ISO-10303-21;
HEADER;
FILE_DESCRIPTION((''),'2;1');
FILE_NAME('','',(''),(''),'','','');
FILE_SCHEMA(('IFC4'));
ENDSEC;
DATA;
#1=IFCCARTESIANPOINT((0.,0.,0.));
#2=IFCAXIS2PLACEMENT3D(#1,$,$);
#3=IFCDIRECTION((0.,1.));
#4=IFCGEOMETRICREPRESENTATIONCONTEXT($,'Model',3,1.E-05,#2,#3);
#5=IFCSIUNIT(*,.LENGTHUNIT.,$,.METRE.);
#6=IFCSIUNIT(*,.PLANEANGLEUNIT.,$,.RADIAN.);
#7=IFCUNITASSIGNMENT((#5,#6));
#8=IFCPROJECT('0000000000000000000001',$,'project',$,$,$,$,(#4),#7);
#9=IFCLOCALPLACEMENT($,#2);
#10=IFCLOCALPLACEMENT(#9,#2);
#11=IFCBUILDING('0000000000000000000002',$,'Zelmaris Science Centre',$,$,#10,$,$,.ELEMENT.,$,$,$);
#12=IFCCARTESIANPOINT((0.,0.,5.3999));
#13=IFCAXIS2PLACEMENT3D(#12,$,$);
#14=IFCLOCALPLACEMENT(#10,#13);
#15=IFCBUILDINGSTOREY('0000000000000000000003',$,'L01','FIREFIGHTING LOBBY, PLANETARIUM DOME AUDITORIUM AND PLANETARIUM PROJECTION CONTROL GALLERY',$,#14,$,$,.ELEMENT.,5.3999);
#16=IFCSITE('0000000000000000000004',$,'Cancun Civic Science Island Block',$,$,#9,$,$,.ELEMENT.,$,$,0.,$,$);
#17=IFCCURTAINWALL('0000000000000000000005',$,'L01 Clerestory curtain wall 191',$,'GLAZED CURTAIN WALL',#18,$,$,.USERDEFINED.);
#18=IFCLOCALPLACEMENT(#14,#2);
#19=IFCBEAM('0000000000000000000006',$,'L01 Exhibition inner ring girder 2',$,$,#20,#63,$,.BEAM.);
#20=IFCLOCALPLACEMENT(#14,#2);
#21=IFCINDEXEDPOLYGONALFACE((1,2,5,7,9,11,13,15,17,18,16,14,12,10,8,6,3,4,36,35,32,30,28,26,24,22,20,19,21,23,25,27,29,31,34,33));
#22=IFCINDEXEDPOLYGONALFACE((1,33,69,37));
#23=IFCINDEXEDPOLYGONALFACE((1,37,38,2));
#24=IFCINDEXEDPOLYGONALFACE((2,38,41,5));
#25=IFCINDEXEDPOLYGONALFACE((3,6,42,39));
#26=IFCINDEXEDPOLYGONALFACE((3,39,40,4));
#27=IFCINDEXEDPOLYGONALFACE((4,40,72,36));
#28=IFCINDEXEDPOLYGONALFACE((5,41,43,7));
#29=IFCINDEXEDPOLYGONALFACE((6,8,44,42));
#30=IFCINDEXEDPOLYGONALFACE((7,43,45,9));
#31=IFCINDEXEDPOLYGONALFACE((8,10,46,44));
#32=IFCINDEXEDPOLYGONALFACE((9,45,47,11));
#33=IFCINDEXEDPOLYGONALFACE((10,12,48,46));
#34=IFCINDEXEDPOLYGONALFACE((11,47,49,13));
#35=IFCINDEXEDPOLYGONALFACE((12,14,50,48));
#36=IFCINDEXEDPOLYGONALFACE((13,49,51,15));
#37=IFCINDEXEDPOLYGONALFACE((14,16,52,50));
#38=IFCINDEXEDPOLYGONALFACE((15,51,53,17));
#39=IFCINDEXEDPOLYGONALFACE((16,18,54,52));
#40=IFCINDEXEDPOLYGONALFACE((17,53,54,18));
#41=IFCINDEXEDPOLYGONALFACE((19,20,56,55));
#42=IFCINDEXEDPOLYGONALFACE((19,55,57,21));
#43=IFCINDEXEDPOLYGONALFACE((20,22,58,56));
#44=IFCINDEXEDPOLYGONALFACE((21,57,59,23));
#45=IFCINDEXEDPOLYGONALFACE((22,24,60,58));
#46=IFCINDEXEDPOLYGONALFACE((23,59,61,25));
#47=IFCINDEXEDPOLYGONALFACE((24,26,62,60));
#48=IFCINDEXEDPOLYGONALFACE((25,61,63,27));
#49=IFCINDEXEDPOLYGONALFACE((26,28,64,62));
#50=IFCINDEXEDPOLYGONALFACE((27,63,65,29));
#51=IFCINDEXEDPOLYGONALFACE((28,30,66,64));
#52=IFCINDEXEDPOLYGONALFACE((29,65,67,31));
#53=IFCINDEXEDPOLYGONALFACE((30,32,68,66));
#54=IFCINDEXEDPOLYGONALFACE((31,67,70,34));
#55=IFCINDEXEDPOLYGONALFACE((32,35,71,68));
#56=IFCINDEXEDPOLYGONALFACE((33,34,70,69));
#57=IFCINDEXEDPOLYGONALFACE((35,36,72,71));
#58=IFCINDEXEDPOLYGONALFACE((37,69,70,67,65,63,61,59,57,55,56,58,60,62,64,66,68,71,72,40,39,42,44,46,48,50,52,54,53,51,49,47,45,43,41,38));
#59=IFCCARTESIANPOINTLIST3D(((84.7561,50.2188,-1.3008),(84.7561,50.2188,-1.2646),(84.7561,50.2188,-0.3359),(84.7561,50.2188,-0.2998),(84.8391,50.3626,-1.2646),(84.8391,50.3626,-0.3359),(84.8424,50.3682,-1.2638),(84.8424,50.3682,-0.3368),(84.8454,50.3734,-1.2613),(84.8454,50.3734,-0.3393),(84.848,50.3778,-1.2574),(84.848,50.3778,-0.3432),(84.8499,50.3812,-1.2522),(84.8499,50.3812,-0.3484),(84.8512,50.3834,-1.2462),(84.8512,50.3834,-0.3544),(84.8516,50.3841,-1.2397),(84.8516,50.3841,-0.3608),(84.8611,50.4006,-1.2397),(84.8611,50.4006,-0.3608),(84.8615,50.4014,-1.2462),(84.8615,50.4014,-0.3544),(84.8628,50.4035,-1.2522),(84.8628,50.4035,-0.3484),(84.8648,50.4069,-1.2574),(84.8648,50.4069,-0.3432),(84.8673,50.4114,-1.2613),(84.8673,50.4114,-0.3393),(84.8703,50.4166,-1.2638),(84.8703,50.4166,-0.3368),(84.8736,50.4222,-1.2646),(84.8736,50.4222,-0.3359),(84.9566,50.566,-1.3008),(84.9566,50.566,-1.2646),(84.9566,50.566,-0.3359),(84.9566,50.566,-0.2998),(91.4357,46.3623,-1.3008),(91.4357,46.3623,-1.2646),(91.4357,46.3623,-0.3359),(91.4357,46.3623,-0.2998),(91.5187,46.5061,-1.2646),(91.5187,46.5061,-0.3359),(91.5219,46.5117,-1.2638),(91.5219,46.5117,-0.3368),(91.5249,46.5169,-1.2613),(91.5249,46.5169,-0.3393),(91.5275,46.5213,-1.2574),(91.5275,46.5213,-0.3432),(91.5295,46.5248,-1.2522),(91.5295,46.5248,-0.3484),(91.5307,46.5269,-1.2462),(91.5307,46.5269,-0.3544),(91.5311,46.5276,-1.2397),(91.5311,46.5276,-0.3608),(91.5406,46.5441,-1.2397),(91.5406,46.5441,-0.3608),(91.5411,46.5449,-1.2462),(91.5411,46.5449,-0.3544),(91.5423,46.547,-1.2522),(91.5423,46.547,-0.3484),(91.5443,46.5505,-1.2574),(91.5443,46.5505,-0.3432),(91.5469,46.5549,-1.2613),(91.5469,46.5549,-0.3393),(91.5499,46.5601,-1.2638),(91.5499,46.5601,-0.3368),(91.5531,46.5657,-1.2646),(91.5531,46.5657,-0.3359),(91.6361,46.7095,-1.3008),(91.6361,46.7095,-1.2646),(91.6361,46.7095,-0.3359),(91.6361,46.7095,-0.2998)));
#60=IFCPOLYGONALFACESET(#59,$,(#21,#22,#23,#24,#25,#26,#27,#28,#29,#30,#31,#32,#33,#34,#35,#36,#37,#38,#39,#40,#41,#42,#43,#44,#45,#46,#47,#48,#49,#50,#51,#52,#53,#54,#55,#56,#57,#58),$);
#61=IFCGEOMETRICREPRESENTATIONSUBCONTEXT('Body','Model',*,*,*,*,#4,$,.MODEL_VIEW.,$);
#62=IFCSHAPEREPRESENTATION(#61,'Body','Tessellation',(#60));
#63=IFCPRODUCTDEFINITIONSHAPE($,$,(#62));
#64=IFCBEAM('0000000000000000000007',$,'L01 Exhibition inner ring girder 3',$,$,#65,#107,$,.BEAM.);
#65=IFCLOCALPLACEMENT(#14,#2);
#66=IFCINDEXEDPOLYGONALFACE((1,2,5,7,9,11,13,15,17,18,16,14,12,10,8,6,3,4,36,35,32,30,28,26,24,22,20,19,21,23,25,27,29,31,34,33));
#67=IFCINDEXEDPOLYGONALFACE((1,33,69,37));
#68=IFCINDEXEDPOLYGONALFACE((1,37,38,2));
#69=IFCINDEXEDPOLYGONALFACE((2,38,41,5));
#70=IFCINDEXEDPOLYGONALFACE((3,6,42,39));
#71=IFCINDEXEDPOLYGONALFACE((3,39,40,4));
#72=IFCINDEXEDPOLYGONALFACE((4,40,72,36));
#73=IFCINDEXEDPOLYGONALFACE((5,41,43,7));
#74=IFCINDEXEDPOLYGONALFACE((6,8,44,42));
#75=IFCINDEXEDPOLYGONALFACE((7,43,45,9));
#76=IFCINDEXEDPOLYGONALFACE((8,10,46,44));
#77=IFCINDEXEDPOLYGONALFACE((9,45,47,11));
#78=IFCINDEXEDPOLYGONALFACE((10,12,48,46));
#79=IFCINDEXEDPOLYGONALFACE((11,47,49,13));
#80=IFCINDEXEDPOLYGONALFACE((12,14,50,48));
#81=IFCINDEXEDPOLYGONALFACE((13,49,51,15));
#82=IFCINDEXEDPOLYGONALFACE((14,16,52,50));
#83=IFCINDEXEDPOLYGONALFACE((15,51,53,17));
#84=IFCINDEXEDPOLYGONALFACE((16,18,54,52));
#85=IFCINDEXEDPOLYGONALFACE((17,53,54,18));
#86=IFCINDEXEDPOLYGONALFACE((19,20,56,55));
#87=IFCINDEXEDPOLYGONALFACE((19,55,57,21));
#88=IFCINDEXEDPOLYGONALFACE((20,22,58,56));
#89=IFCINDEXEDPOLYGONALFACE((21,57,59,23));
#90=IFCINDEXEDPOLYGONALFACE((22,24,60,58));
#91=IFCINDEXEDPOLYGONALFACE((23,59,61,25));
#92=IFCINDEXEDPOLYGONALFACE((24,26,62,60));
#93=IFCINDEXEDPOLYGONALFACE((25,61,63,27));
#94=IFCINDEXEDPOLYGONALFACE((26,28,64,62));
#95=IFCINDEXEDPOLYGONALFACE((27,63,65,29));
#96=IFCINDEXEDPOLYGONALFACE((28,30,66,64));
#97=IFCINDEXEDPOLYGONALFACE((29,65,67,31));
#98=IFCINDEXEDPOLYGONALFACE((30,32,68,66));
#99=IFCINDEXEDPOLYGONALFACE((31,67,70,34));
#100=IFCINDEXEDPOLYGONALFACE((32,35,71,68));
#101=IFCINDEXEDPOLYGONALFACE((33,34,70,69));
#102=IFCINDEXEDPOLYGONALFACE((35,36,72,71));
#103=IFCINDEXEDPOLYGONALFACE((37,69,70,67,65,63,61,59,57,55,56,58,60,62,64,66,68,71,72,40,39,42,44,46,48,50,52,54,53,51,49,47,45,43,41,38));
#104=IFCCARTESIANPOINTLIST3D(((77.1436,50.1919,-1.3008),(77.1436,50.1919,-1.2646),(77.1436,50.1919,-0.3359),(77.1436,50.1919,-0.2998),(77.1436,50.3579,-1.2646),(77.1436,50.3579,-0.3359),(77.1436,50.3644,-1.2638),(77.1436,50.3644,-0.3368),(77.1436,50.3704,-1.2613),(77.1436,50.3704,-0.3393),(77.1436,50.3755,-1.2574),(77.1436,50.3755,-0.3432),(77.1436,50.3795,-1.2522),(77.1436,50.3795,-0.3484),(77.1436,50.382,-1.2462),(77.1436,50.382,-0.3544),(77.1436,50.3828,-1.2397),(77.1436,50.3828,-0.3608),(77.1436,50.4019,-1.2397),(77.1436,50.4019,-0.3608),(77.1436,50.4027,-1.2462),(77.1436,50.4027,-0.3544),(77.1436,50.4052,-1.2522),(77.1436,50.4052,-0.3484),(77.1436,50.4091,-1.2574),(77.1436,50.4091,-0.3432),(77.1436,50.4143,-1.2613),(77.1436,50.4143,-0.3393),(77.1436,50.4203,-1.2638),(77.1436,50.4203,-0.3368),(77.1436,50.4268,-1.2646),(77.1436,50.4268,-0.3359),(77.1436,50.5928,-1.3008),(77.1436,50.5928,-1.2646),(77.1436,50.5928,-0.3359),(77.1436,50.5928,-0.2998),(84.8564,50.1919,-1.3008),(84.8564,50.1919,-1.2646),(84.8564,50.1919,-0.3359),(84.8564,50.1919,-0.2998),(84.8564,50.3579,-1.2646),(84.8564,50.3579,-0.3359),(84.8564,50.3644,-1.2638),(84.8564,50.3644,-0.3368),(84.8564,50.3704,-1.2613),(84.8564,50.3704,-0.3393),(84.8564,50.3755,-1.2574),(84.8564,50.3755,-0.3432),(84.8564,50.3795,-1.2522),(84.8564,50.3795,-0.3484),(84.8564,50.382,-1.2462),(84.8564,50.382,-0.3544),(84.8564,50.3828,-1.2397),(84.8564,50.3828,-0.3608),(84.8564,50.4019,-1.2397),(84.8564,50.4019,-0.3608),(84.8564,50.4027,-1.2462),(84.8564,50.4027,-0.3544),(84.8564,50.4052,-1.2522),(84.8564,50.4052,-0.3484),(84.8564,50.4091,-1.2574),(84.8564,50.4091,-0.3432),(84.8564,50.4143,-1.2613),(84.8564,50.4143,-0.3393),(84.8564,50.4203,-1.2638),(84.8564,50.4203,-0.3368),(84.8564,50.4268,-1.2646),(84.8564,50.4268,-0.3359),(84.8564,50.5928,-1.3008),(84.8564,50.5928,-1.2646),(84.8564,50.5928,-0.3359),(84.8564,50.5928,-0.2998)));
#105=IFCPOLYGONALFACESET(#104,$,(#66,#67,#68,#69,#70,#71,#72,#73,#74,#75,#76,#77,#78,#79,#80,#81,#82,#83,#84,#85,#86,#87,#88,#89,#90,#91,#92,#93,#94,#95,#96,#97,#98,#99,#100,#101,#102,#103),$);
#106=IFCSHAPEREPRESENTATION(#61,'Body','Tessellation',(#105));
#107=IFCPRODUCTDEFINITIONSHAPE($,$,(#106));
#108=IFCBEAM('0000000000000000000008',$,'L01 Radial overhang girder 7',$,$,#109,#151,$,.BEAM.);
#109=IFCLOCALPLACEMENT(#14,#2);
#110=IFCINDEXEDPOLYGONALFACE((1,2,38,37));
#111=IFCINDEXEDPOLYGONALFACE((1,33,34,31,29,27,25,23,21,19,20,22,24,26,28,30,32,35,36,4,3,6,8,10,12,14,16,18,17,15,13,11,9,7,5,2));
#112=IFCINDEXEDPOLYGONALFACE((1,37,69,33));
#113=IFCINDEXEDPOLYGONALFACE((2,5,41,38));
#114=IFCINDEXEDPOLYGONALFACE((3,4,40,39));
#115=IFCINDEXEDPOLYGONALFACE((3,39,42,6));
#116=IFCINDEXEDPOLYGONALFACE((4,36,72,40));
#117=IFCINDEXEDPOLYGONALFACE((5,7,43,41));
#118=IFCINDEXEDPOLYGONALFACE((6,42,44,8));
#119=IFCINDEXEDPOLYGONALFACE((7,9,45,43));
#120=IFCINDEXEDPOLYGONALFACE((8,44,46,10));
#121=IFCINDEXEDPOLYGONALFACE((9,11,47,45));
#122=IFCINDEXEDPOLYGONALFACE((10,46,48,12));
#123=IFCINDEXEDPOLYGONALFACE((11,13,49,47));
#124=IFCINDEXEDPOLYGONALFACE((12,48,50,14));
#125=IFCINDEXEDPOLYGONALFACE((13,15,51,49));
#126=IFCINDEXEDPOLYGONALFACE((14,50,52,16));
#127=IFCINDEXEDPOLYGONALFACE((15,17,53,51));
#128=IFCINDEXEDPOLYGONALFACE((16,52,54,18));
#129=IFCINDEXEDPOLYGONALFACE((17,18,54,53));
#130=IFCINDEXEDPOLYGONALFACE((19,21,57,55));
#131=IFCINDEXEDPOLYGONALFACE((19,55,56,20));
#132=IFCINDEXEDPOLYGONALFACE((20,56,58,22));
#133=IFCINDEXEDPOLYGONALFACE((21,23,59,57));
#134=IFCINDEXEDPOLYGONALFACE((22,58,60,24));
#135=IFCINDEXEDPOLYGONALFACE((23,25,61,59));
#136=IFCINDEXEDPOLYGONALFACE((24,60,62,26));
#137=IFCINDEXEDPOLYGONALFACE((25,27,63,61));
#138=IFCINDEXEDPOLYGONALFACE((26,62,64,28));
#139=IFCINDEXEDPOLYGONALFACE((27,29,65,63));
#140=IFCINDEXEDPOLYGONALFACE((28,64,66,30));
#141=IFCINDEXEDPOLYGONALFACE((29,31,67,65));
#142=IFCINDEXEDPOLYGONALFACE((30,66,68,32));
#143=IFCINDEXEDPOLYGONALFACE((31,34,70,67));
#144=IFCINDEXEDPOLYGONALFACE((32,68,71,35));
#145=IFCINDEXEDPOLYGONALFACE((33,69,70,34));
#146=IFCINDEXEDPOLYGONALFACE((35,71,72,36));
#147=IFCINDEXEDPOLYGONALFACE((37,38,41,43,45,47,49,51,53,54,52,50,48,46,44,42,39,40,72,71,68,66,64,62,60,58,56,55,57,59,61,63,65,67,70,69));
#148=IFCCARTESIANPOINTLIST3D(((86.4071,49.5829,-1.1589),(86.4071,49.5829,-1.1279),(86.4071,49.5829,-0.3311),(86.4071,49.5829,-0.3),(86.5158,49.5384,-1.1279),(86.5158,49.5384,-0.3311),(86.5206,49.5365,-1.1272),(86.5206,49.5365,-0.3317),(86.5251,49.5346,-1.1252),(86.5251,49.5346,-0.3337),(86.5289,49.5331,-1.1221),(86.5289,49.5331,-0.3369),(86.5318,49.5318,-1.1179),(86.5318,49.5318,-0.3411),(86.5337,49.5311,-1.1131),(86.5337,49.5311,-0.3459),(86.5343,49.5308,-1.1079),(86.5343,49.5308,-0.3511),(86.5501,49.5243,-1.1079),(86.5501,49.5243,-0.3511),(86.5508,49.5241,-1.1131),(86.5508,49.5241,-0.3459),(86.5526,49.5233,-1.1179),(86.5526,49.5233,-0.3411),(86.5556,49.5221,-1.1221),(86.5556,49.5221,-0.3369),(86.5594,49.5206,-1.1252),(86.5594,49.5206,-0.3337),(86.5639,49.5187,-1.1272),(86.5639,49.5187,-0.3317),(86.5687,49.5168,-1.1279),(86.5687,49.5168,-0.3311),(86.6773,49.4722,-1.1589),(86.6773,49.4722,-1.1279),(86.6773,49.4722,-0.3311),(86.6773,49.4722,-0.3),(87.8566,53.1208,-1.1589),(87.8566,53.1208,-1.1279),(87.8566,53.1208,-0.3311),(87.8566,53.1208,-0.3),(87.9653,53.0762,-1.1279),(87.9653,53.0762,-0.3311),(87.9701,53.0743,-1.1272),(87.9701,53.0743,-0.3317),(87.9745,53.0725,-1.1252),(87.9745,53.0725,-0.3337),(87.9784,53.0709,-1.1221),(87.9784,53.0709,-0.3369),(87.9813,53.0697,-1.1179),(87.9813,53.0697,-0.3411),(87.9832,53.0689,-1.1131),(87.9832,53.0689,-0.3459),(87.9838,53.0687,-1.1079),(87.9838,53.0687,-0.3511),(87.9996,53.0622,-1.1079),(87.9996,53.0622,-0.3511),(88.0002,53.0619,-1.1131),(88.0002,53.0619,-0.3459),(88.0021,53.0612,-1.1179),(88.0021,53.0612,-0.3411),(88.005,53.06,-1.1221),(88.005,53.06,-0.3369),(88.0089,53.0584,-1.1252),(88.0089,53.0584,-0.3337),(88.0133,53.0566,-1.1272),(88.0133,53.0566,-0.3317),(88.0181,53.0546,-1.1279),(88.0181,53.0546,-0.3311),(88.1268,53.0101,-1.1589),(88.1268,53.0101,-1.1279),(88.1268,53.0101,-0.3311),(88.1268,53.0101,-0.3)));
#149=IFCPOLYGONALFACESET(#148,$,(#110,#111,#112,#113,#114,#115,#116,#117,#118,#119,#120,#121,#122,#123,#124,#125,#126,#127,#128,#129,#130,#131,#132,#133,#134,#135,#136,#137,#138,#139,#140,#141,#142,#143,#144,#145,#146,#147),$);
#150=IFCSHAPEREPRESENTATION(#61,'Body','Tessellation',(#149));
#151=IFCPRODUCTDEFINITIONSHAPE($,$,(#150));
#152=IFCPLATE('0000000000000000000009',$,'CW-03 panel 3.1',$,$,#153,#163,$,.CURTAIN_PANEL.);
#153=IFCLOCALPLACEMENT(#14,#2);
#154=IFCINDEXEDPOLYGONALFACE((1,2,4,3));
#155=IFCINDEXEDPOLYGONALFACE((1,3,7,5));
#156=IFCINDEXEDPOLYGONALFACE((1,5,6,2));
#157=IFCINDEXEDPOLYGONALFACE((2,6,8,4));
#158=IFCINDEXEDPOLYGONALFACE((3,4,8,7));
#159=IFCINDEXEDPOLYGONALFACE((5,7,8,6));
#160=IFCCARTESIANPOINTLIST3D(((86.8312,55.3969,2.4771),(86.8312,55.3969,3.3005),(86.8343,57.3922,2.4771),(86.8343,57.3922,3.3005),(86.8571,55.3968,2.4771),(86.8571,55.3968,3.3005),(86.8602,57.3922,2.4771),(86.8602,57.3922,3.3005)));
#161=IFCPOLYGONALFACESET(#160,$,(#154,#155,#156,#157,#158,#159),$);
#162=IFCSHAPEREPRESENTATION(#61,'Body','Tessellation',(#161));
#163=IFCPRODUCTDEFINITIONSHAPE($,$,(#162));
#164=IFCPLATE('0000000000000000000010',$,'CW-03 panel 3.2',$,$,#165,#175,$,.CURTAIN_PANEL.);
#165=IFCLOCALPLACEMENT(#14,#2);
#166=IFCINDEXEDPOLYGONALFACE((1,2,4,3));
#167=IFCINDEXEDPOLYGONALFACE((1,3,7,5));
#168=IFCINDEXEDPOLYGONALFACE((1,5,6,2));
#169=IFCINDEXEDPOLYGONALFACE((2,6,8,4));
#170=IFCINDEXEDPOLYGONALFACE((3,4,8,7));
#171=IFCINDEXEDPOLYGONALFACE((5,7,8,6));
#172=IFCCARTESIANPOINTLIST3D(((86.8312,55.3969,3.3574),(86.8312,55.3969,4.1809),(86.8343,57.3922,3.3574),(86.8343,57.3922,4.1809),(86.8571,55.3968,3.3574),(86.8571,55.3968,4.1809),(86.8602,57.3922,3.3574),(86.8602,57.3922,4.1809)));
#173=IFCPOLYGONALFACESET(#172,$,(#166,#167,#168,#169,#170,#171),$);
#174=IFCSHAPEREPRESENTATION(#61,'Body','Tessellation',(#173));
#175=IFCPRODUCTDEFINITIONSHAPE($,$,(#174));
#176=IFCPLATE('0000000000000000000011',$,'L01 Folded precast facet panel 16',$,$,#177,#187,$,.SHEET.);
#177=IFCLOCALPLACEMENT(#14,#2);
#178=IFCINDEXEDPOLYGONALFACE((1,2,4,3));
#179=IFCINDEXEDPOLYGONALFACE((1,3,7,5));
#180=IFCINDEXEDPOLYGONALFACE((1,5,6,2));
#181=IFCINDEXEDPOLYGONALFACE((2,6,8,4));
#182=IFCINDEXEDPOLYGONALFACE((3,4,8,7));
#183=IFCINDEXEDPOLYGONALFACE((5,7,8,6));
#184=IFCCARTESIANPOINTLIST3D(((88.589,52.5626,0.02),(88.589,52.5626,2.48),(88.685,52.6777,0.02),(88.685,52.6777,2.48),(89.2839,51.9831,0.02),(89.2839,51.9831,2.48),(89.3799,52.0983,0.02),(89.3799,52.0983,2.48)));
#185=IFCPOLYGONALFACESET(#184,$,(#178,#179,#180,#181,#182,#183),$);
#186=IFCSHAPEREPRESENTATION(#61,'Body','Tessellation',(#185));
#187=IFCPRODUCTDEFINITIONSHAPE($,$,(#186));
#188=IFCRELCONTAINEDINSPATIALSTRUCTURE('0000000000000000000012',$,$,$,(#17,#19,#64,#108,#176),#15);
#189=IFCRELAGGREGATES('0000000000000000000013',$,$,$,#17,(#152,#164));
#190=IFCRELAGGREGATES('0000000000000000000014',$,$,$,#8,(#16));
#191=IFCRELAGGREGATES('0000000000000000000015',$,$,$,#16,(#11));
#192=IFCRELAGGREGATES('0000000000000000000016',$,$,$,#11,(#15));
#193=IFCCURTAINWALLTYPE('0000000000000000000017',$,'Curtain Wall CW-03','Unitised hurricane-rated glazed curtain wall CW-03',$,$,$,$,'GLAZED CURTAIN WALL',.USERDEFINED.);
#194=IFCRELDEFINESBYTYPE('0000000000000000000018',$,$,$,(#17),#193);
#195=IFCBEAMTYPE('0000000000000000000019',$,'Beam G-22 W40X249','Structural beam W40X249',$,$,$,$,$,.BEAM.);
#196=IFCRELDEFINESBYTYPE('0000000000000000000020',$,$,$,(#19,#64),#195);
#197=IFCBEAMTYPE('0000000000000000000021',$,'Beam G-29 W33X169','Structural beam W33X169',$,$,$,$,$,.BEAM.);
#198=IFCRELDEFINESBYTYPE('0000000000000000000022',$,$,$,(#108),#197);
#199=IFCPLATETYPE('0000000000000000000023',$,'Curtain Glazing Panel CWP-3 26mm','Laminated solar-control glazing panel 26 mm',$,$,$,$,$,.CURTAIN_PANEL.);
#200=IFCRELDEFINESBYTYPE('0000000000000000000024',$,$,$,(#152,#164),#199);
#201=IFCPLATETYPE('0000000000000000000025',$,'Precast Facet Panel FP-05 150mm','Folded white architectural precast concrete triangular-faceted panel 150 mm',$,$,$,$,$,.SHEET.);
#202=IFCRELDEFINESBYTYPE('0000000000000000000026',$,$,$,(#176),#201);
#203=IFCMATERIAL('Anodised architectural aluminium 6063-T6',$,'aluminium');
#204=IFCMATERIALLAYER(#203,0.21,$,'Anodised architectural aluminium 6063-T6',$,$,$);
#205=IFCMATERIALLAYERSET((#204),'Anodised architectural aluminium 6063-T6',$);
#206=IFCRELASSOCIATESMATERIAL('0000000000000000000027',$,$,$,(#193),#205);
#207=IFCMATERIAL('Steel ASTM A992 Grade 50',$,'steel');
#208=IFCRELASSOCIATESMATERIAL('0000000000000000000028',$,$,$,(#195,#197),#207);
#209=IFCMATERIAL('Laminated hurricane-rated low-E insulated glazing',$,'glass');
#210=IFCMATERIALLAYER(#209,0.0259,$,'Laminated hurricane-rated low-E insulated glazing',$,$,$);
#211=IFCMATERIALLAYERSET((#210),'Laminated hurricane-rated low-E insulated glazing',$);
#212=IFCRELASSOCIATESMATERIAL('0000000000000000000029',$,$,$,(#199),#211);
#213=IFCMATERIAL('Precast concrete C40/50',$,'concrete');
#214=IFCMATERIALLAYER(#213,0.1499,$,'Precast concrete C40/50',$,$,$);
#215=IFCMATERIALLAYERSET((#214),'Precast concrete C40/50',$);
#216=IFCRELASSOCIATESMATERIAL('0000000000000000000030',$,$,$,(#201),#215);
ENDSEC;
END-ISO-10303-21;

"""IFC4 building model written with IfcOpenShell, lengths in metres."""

from ifc_helpers import new_model, si_unit, direction, frame, frame_2d, origin, origin_2d, place, context, subcontext, project, spatial, rectangle, i_section, extrude, material, layer, layer_set, material_profile, profile_set, type_object, element, aggregate, save


model = new_model("IFC4")

# Units and contexts
model_context = context("Model", 3, precision=1e-05, world=origin(), true_north=direction((0.0, 1.0)))
body_context = subcontext(model_context, "Body", "Model", "MODEL_VIEW")
ifc_project = project(units=[si_unit("LENGTHUNIT", "METRE"), si_unit("PLANEANGLEUNIT", "RADIAN")], contexts=[model_context])

# Site, building, storey
site_placement = place(None, origin())
site = spatial("IfcSite", under=ifc_project, at=site_placement, Name="Cancun Civic Science Island Block", CompositionType="ELEMENT", RefElevation=0.0)
building_placement = place(site_placement, origin())
building = spatial("IfcBuilding", under=site, at=building_placement, Name="Zelmaris Science Centre", CompositionType="ELEMENT")
storey_placement = place(building_placement, frame((0.0, 0.0, 5.3999)))
storey = spatial("IfcBuildingStorey", under=building, at=storey_placement, Name="L01", Description="FIREFIGHTING LOBBY, PLANETARIUM DOME AUDITORIUM AND PLANETARIUM PROJECTION CONTROL GALLERY", CompositionType="ELEMENT", Elevation=5.3999)

# Shared definitions
ifc_material_1 = material(Name="Steel ASTM A992 Grade 50", Category="steel")

# Curtain wall
ifc_material_2 = material(Name="Anodised architectural aluminium 6063-T6", Category="aluminium")
ifc_layer_1 = layer(ifc_material_2, 0.21, Name="Anodised architectural aluminium 6063-T6")
ifc_layer_set_1 = layer_set([ifc_layer_1], Name="Anodised architectural aluminium 6063-T6")
curtain_wall_type = type_object("IfcCurtainWallType", Name="Curtain Wall CW-03", Description="Unitised hurricane-rated glazed curtain wall CW-03", ElementType="GLAZED CURTAIN WALL", PredefinedType="USERDEFINED", material=ifc_layer_set_1)
curtain_wall_placement = place(storey_placement, origin())
curtain_wall = element("IfcCurtainWall", 1, at=curtain_wall_placement, inside=storey, type_object=curtain_wall_type, Name="L01 Clerestory curtain wall 191", ObjectType="GLAZED CURTAIN WALL", PredefinedType="USERDEFINED")

# Beams
ifc_material_profile_1 = material_profile(ifc_material_1, i_section(OverallWidth=0.4009, OverallDepth=1.001, WebThickness=0.019, FlangeThickness=0.0361, FilletRadius=0.0249, at=origin_2d()), Name="W40X249")
ifc_profile_set_1 = profile_set([ifc_material_profile_1], Name="Steel ASTM A992 Grade 50")
beam_type_1 = type_object("IfcBeamType", Name="Beam G-22 W40X249", Description="Structural beam W40X249", PredefinedType="BEAM", material=ifc_profile_set_1)
for number, where, z_axis, x_axis, name in (
    (2, (91.5359, 46.5359, -0.8003), (-0.866022, 0.500007, 0.0), (-0.500007, -0.866022, 0.0), "L01 Exhibition inner ring girder 2"),
    (3, (84.8564, 50.3923, -0.8003), (-1.0, 0.0, 0.0), (0.0, -1.0, 0.0), "L01 Exhibition inner ring girder 3"),
):
    element("IfcBeam", number, at=place(storey_placement, frame(where, z_axis=z_axis, x_axis=x_axis)), inside=storey, type_object=beam_type_1, Name=name, PredefinedType="BEAM", context=body_context, shape_type="SweptSolid", body=[
        extrude(i_section(OverallWidth=0.4009, OverallDepth=1.001, WebThickness=0.019, FlangeThickness=0.0361, FilletRadius=0.0249, at=origin_2d()), origin(), (0.0, 0.0, 1.0), 7.7129),
    ])
ifc_material_profile_2 = material_profile(ifc_material_1, i_section(OverallWidth=0.292, OverallDepth=0.8589, WebThickness=0.0171, FlangeThickness=0.031, FilletRadius=0.02, at=origin_2d()), Name="W33X169")
ifc_profile_set_2 = profile_set([ifc_material_profile_2], Name="Steel ASTM A992 Grade 50")
beam_type_2 = type_object("IfcBeamType", Name="Beam G-29 W33X169", Description="Structural beam W33X169", PredefinedType="BEAM", material=ifc_profile_set_2)
beam_placement = place(storey_placement, frame((86.5422, 49.5276, -0.7295), z_axis=(0.379118, 0.925348, 0.0), x_axis=(-0.925348, 0.379118, 0.0)))
element("IfcBeam", 4, at=beam_placement, inside=storey, type_object=beam_type_2, Name="L01 Radial overhang girder 7", PredefinedType="BEAM", context=body_context, shape_type="SweptSolid", body=[
    extrude(i_section(OverallWidth=0.292, OverallDepth=0.8589, WebThickness=0.0171, FlangeThickness=0.031, FilletRadius=0.02, at=origin_2d()), origin(), (0.0, 0.0, 1.0), 3.8232),
])

# Plates
ifc_material_3 = material(Name="Laminated hurricane-rated low-E insulated glazing", Category="glass")
ifc_layer_2 = layer(ifc_material_3, 0.0259, Name="Laminated hurricane-rated low-E insulated glazing")
ifc_layer_set_2 = layer_set([ifc_layer_2], Name="Laminated hurricane-rated low-E insulated glazing")
plate_type_1 = type_object("IfcPlateType", Name="Curtain Glazing Panel CWP-3 26mm", Description="Laminated solar-control glazing panel 26 mm", PredefinedType="CURTAIN_PANEL", material=ifc_layer_set_2)
plate_1_placement = place(storey_placement, frame((86.8457, 56.3945, 2.4771), z_axis=(0.0, 0.0, 1.0), x_axis=(-0.001565, -0.999999, 0.0)))
plate_1 = element("IfcPlate", 5, at=plate_1_placement, type_object=plate_type_1, Name="CW-03 panel 3.1", PredefinedType="CURTAIN_PANEL", context=body_context, shape_type="SweptSolid", body=[
    extrude(rectangle(XDim=1.9954, YDim=0.0259, at=origin_2d()), origin(), (0.0, 0.0, 1.0), 0.8235),
])
plate_2_placement = place(storey_placement, frame((86.8457, 56.3945, 3.3574), z_axis=(0.0, 0.0, 1.0), x_axis=(-0.001565, -0.999999, 0.0)))
plate_2 = element("IfcPlate", 6, at=plate_2_placement, type_object=plate_type_1, Name="CW-03 panel 3.2", PredefinedType="CURTAIN_PANEL", context=body_context, shape_type="SweptSolid", body=[
    extrude(rectangle(XDim=1.9954, YDim=0.0259, at=origin_2d()), origin(), (0.0, 0.0, 1.0), 0.8235),
])
aggregate(curtain_wall, [plate_1, plate_2])

# Plate
ifc_material_4 = material(Name="Precast concrete C40/50", Category="concrete")
ifc_layer_3 = layer(ifc_material_4, 0.1499, Name="Precast concrete C40/50")
ifc_layer_set_3 = layer_set([ifc_layer_3], Name="Precast concrete C40/50")
plate_type_2 = type_object("IfcPlateType", Name="Precast Facet Panel FP-05 150mm", Description="Folded white architectural precast concrete triangular-faceted panel 150 mm", PredefinedType="SHEET", material=ifc_layer_set_3)
plate_3_placement = place(storey_placement, frame((88.637, 52.6201, 0.02), z_axis=(0.0, 0.0, 1.0), x_axis=(0.768044, -0.640397, 0.0)))
element("IfcPlate", 7, at=plate_3_placement, inside=storey, type_object=plate_type_2, Name="L01 Folded precast facet panel 16", PredefinedType="SHEET", context=body_context, shape_type="SweptSolid", body=[
    extrude(rectangle(XDim=0.9048, YDim=0.1499, at=frame_2d((0.4524, 0.0))), origin(), (0.0, 0.0, 1.0), 2.46),
])

save(model, "model.ifc")
